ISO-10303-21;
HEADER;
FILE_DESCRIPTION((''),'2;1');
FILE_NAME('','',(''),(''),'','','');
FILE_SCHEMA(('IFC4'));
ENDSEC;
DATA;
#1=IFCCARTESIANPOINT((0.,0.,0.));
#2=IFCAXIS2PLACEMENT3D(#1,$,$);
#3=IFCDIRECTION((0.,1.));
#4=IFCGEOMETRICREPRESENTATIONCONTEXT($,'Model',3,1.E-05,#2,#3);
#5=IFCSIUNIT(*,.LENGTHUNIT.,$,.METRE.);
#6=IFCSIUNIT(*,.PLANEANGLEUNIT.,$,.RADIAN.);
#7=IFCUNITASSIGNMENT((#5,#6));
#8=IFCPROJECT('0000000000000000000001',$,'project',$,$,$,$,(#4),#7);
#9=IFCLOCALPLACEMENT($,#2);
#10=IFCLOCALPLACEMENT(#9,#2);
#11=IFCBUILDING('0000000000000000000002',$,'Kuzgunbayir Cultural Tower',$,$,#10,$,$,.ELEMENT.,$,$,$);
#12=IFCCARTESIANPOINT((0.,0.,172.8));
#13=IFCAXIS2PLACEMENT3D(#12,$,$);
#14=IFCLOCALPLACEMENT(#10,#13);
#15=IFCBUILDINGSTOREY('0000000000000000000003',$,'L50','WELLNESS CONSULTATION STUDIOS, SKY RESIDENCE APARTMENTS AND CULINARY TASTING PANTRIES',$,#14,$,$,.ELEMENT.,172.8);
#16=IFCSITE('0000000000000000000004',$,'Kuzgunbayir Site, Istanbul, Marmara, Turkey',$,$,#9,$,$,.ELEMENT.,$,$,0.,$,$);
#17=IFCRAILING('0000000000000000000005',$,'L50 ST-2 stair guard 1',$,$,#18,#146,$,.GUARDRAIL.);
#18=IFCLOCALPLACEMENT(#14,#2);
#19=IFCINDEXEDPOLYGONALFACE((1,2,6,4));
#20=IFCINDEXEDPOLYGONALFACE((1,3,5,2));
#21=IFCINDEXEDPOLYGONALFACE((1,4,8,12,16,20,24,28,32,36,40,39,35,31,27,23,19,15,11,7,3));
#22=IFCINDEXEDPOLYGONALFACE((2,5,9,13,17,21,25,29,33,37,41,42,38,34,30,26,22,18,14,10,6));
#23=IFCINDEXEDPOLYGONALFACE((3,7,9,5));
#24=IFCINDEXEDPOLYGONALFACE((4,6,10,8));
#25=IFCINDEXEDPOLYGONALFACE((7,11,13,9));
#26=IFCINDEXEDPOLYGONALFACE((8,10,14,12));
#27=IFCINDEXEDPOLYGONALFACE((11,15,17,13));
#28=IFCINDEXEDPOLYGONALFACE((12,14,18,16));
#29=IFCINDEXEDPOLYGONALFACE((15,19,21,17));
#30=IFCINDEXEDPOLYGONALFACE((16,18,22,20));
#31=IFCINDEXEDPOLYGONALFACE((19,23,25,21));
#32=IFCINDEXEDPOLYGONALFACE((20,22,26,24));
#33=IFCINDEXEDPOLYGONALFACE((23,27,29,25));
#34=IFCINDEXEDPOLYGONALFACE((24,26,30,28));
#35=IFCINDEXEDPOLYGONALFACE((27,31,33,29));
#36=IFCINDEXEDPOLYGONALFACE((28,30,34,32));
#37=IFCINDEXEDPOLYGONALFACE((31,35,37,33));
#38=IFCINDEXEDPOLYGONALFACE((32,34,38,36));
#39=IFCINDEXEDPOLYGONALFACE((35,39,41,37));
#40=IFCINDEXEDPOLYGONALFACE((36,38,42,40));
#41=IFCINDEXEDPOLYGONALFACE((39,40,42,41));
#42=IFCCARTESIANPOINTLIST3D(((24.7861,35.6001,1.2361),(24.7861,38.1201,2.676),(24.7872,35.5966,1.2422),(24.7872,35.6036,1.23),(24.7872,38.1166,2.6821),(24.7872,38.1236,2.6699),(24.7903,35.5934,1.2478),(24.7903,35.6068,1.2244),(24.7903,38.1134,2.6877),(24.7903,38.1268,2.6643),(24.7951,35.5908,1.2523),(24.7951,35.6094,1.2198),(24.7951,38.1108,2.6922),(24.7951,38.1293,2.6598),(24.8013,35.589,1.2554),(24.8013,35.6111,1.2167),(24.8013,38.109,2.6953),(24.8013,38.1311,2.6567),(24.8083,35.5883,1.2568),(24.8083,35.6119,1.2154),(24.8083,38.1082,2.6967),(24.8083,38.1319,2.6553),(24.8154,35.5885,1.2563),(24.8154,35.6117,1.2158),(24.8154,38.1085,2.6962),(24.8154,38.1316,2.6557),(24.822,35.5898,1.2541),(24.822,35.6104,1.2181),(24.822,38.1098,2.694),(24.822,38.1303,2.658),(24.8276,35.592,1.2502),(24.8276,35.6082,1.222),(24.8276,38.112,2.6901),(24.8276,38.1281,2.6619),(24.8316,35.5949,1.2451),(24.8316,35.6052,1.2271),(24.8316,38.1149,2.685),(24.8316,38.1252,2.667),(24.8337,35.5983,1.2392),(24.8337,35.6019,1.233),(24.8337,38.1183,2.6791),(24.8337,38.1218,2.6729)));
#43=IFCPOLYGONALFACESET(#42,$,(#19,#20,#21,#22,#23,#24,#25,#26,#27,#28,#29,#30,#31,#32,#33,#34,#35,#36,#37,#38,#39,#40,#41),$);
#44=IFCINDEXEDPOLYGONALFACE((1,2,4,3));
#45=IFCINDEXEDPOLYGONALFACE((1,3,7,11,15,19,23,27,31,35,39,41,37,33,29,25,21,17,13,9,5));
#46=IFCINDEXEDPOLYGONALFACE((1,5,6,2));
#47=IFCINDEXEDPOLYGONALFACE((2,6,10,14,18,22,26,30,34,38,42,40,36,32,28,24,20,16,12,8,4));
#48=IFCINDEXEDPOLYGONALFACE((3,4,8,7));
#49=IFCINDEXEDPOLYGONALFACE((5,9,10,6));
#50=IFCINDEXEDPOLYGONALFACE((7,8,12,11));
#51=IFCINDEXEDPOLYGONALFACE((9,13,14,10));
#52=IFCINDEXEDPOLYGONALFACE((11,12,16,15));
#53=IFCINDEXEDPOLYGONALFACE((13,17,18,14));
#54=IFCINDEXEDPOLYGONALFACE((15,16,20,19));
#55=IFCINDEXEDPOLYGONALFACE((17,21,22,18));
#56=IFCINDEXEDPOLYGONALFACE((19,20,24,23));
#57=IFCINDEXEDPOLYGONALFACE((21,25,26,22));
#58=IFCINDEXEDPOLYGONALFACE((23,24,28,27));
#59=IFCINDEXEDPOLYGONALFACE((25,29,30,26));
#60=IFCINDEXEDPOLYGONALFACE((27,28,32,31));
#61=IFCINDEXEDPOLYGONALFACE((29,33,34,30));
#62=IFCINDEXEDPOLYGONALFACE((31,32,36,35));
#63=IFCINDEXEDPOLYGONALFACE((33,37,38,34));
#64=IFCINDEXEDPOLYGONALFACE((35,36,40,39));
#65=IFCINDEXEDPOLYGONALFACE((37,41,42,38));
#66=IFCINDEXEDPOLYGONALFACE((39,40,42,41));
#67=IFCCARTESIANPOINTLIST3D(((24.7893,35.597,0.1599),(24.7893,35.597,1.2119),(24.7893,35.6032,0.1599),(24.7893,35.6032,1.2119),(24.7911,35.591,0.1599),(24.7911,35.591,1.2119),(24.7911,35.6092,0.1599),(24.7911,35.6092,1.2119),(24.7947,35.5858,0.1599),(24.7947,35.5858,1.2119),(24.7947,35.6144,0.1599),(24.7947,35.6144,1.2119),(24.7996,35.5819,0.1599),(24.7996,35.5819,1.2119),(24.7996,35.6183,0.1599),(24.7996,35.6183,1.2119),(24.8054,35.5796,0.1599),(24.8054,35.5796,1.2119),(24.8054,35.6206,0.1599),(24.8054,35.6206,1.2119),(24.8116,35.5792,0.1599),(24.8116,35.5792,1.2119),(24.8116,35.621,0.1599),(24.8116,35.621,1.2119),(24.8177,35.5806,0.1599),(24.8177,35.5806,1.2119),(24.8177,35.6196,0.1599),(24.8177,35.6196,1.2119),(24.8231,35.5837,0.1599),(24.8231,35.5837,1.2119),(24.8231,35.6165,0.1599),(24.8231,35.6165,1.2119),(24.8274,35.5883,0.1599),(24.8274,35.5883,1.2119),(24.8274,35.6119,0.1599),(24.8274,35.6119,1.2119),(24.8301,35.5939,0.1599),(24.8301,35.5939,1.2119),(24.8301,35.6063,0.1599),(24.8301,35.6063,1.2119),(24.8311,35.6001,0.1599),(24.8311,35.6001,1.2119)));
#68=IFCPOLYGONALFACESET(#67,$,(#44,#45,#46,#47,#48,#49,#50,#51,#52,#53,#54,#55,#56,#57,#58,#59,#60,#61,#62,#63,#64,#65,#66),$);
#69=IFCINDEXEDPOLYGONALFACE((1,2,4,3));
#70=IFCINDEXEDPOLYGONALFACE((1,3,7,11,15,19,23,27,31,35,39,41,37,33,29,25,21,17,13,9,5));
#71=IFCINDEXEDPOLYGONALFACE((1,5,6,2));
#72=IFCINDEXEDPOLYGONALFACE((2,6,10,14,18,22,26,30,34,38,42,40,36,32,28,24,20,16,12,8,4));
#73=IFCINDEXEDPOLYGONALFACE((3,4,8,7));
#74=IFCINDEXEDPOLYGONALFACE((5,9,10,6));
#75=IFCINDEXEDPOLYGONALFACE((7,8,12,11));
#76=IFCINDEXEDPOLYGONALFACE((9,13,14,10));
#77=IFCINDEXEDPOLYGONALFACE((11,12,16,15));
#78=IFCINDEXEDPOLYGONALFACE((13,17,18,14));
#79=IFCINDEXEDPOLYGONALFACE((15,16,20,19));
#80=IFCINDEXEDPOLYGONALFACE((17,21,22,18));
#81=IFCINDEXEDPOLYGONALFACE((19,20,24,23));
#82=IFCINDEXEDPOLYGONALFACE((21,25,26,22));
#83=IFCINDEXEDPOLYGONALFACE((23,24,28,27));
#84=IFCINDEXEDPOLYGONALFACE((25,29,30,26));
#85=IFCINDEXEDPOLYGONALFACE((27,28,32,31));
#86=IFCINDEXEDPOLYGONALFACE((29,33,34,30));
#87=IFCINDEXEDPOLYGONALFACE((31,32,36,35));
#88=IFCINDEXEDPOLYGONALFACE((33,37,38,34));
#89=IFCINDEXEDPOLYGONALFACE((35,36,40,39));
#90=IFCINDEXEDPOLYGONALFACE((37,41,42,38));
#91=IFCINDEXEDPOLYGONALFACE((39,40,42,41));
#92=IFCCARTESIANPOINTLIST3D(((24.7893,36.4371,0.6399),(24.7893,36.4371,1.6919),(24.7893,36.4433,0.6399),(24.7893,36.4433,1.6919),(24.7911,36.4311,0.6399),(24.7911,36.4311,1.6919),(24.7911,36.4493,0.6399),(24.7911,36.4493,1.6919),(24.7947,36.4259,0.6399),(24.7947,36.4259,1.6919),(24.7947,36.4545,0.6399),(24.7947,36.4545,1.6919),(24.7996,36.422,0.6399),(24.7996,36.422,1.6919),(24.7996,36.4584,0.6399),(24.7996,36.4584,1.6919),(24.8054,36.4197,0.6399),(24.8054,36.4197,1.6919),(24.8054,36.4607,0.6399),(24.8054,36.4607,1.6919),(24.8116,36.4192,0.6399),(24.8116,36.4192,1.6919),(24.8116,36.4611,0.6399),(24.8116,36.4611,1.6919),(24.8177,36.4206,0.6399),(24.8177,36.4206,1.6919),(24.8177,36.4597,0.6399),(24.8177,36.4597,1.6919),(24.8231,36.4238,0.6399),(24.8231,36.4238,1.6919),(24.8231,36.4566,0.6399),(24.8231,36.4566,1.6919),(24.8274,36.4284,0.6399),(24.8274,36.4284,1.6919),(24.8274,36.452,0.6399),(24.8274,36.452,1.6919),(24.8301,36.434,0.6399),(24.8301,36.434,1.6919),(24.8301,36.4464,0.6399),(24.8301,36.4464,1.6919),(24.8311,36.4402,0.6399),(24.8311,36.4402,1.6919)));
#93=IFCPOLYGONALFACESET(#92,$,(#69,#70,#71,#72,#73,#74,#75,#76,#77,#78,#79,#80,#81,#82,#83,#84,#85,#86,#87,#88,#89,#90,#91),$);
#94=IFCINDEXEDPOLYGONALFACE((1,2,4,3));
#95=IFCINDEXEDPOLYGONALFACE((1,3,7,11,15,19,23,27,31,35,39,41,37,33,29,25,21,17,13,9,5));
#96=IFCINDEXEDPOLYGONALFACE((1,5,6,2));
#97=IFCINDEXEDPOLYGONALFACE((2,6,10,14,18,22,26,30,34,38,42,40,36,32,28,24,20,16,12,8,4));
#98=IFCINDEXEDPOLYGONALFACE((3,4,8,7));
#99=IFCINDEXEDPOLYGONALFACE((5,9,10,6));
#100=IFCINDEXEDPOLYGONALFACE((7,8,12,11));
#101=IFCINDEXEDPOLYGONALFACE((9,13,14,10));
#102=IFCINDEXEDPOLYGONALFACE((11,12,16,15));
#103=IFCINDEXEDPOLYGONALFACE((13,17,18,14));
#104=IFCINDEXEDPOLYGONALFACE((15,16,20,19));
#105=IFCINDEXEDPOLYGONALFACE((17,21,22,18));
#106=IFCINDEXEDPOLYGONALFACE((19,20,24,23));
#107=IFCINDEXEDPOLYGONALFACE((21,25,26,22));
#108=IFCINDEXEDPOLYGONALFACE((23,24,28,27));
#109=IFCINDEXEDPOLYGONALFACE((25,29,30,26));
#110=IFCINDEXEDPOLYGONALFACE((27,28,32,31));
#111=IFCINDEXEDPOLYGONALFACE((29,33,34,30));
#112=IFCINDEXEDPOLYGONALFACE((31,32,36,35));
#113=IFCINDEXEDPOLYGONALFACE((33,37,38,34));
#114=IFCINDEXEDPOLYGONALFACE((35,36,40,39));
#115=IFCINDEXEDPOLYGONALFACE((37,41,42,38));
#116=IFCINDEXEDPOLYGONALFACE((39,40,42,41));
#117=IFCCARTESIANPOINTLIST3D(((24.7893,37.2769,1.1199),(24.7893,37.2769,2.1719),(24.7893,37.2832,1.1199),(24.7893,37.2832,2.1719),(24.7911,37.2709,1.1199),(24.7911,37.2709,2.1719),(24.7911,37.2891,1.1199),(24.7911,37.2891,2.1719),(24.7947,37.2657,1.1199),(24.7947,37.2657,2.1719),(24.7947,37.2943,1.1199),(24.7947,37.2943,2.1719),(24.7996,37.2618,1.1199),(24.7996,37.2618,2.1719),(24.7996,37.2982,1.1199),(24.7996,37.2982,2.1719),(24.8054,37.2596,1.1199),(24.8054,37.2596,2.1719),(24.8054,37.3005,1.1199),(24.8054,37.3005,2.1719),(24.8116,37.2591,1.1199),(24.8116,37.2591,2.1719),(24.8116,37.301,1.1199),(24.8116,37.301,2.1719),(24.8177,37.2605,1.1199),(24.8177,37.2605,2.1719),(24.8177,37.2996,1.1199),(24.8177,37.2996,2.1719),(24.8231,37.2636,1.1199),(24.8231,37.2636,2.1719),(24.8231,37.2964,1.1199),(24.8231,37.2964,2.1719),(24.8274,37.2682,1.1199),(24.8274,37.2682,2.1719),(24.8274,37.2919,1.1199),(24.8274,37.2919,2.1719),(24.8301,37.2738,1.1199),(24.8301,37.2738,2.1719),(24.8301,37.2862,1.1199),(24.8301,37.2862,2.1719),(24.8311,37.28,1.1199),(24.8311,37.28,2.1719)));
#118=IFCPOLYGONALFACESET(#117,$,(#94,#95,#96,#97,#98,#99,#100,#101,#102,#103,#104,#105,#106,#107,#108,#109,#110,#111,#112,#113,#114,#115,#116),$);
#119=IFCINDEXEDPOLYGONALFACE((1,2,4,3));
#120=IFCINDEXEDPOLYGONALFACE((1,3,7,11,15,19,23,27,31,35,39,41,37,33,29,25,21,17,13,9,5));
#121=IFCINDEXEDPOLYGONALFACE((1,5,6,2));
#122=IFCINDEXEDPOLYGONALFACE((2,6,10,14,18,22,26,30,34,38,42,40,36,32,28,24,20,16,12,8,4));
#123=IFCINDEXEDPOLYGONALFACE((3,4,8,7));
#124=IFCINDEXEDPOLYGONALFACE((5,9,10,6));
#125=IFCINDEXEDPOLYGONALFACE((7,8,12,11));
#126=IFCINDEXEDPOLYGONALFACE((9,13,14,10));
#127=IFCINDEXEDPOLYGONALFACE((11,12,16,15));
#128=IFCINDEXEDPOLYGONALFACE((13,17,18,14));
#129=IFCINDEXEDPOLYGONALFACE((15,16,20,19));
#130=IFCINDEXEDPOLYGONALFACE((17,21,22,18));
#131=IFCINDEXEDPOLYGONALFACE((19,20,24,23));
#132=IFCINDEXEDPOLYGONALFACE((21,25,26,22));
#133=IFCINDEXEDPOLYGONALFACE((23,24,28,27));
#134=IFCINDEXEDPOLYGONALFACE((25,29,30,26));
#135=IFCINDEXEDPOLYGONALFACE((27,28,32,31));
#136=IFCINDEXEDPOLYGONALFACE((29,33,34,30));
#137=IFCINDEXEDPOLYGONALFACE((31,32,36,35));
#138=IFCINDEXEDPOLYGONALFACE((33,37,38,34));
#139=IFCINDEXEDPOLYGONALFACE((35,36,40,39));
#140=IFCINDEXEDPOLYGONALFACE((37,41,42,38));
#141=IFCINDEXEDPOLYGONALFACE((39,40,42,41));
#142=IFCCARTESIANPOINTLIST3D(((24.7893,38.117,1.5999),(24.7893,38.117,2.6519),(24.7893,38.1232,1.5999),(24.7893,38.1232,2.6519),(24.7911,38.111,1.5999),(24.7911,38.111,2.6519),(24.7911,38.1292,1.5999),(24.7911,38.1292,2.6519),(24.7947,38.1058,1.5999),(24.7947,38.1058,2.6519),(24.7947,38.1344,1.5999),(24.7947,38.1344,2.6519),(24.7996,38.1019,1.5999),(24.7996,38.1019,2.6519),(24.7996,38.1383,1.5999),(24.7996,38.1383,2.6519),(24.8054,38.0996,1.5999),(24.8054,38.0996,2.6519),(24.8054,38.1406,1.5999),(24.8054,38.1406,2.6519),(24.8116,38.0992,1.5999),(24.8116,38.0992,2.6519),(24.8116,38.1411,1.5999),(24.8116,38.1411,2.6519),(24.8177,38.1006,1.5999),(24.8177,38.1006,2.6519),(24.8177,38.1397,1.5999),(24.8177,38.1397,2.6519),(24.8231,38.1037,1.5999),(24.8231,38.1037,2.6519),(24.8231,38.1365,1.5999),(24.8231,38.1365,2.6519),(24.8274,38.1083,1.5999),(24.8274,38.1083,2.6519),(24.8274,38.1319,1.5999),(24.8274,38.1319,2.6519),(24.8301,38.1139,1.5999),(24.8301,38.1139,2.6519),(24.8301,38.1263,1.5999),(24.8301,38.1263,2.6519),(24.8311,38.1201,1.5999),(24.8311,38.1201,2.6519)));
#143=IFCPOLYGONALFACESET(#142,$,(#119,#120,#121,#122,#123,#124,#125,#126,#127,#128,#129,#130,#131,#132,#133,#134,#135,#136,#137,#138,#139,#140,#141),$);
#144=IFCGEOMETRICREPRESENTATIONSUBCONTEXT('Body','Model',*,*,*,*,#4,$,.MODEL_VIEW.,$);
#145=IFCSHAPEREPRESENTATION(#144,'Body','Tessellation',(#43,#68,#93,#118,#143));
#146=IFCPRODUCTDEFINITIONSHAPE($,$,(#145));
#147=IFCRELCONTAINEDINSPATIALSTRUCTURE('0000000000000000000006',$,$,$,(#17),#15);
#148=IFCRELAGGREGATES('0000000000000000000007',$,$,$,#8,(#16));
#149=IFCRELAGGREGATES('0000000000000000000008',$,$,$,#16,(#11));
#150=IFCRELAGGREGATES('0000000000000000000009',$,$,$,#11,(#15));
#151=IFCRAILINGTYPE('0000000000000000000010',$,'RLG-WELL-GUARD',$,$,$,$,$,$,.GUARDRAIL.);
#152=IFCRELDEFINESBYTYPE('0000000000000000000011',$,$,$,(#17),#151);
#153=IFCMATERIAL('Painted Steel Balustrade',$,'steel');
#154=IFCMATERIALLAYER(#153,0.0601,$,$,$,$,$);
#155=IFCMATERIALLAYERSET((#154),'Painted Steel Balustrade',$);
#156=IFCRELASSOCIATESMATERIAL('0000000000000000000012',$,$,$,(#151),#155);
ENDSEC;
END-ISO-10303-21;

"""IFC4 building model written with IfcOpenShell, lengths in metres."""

from ifc_helpers import new_model, si_unit, direction, frame, origin, origin_2d, place, context, subcontext, project, spatial, circle, extrude, material, layer, layer_set, type_object, element, save


model = new_model("IFC4")

# Units and contexts
model_context = context("Model", 3, precision=1e-05, world=origin(), true_north=direction((0.0, 1.0)))
body_context = subcontext(model_context, "Body", "Model", "MODEL_VIEW")
ifc_project = project(units=[si_unit("LENGTHUNIT", "METRE"), si_unit("PLANEANGLEUNIT", "RADIAN")], contexts=[model_context])

# Site, building, storey
site_placement = place(None, origin())
site = spatial("IfcSite", under=ifc_project, at=site_placement, Name="Kuzgunbayir Site, Istanbul, Marmara, Turkey", CompositionType="ELEMENT", RefElevation=0.0)
building_placement = place(site_placement, origin())
building = spatial("IfcBuilding", under=site, at=building_placement, Name="Kuzgunbayir Cultural Tower", CompositionType="ELEMENT")
storey_placement = place(building_placement, frame((0.0, 0.0, 172.8)))
storey = spatial("IfcBuildingStorey", under=building, at=storey_placement, Name="L50", Description="WELLNESS CONSULTATION STUDIOS, SKY RESIDENCE APARTMENTS AND CULINARY TASTING PANTRIES", CompositionType="ELEMENT", Elevation=172.8)

# Railing
ifc_material_1 = material(Name="Painted Steel Balustrade", Category="steel")
ifc_layer_1 = layer(ifc_material_1, 0.0601)
ifc_layer_set_1 = layer_set([ifc_layer_1], Name="Painted Steel Balustrade")
railing_type_1 = type_object("IfcRailingType", Name="RLG-WELL-GUARD", PredefinedType="GUARDRAIL", material=ifc_layer_set_1)
railing_1_placement = place(storey_placement, frame((24.8101, 35.6001, 0.1599)))
element("IfcRailing", 1, at=railing_1_placement, inside=storey, type_object=railing_type_1, Name="L50 ST-2 stair guard 1", PredefinedType="GUARDRAIL", context=body_context, shape_type="SweptSolid", body=[
    extrude(circle(Radius=0.0239, at=origin_2d()), frame((0.0, 0.0, 1.0762), z_axis=(0.0, 0.868253, 0.496121), x_axis=(-1.0, 0.0, 0.0)), (0.0, 0.0, 1.0), 2.9023),
    extrude(circle(Radius=0.021, at=origin_2d()), origin(), (0.0, 0.0, 1.0), 1.052),
    extrude(circle(Radius=0.021, at=origin_2d()), frame((0.0, 0.8401, 0.48)), (0.0, 0.0, 1.0), 1.052),
    extrude(circle(Radius=0.021, at=origin_2d()), frame((0.0, 1.6799, 0.96)), (0.0, 0.0, 1.0), 1.052),
    extrude(circle(Radius=0.021, at=origin_2d()), frame((0.0, 2.52, 1.4399)), (0.0, 0.0, 1.0), 1.052),
])

save(model, "model.ifc")
